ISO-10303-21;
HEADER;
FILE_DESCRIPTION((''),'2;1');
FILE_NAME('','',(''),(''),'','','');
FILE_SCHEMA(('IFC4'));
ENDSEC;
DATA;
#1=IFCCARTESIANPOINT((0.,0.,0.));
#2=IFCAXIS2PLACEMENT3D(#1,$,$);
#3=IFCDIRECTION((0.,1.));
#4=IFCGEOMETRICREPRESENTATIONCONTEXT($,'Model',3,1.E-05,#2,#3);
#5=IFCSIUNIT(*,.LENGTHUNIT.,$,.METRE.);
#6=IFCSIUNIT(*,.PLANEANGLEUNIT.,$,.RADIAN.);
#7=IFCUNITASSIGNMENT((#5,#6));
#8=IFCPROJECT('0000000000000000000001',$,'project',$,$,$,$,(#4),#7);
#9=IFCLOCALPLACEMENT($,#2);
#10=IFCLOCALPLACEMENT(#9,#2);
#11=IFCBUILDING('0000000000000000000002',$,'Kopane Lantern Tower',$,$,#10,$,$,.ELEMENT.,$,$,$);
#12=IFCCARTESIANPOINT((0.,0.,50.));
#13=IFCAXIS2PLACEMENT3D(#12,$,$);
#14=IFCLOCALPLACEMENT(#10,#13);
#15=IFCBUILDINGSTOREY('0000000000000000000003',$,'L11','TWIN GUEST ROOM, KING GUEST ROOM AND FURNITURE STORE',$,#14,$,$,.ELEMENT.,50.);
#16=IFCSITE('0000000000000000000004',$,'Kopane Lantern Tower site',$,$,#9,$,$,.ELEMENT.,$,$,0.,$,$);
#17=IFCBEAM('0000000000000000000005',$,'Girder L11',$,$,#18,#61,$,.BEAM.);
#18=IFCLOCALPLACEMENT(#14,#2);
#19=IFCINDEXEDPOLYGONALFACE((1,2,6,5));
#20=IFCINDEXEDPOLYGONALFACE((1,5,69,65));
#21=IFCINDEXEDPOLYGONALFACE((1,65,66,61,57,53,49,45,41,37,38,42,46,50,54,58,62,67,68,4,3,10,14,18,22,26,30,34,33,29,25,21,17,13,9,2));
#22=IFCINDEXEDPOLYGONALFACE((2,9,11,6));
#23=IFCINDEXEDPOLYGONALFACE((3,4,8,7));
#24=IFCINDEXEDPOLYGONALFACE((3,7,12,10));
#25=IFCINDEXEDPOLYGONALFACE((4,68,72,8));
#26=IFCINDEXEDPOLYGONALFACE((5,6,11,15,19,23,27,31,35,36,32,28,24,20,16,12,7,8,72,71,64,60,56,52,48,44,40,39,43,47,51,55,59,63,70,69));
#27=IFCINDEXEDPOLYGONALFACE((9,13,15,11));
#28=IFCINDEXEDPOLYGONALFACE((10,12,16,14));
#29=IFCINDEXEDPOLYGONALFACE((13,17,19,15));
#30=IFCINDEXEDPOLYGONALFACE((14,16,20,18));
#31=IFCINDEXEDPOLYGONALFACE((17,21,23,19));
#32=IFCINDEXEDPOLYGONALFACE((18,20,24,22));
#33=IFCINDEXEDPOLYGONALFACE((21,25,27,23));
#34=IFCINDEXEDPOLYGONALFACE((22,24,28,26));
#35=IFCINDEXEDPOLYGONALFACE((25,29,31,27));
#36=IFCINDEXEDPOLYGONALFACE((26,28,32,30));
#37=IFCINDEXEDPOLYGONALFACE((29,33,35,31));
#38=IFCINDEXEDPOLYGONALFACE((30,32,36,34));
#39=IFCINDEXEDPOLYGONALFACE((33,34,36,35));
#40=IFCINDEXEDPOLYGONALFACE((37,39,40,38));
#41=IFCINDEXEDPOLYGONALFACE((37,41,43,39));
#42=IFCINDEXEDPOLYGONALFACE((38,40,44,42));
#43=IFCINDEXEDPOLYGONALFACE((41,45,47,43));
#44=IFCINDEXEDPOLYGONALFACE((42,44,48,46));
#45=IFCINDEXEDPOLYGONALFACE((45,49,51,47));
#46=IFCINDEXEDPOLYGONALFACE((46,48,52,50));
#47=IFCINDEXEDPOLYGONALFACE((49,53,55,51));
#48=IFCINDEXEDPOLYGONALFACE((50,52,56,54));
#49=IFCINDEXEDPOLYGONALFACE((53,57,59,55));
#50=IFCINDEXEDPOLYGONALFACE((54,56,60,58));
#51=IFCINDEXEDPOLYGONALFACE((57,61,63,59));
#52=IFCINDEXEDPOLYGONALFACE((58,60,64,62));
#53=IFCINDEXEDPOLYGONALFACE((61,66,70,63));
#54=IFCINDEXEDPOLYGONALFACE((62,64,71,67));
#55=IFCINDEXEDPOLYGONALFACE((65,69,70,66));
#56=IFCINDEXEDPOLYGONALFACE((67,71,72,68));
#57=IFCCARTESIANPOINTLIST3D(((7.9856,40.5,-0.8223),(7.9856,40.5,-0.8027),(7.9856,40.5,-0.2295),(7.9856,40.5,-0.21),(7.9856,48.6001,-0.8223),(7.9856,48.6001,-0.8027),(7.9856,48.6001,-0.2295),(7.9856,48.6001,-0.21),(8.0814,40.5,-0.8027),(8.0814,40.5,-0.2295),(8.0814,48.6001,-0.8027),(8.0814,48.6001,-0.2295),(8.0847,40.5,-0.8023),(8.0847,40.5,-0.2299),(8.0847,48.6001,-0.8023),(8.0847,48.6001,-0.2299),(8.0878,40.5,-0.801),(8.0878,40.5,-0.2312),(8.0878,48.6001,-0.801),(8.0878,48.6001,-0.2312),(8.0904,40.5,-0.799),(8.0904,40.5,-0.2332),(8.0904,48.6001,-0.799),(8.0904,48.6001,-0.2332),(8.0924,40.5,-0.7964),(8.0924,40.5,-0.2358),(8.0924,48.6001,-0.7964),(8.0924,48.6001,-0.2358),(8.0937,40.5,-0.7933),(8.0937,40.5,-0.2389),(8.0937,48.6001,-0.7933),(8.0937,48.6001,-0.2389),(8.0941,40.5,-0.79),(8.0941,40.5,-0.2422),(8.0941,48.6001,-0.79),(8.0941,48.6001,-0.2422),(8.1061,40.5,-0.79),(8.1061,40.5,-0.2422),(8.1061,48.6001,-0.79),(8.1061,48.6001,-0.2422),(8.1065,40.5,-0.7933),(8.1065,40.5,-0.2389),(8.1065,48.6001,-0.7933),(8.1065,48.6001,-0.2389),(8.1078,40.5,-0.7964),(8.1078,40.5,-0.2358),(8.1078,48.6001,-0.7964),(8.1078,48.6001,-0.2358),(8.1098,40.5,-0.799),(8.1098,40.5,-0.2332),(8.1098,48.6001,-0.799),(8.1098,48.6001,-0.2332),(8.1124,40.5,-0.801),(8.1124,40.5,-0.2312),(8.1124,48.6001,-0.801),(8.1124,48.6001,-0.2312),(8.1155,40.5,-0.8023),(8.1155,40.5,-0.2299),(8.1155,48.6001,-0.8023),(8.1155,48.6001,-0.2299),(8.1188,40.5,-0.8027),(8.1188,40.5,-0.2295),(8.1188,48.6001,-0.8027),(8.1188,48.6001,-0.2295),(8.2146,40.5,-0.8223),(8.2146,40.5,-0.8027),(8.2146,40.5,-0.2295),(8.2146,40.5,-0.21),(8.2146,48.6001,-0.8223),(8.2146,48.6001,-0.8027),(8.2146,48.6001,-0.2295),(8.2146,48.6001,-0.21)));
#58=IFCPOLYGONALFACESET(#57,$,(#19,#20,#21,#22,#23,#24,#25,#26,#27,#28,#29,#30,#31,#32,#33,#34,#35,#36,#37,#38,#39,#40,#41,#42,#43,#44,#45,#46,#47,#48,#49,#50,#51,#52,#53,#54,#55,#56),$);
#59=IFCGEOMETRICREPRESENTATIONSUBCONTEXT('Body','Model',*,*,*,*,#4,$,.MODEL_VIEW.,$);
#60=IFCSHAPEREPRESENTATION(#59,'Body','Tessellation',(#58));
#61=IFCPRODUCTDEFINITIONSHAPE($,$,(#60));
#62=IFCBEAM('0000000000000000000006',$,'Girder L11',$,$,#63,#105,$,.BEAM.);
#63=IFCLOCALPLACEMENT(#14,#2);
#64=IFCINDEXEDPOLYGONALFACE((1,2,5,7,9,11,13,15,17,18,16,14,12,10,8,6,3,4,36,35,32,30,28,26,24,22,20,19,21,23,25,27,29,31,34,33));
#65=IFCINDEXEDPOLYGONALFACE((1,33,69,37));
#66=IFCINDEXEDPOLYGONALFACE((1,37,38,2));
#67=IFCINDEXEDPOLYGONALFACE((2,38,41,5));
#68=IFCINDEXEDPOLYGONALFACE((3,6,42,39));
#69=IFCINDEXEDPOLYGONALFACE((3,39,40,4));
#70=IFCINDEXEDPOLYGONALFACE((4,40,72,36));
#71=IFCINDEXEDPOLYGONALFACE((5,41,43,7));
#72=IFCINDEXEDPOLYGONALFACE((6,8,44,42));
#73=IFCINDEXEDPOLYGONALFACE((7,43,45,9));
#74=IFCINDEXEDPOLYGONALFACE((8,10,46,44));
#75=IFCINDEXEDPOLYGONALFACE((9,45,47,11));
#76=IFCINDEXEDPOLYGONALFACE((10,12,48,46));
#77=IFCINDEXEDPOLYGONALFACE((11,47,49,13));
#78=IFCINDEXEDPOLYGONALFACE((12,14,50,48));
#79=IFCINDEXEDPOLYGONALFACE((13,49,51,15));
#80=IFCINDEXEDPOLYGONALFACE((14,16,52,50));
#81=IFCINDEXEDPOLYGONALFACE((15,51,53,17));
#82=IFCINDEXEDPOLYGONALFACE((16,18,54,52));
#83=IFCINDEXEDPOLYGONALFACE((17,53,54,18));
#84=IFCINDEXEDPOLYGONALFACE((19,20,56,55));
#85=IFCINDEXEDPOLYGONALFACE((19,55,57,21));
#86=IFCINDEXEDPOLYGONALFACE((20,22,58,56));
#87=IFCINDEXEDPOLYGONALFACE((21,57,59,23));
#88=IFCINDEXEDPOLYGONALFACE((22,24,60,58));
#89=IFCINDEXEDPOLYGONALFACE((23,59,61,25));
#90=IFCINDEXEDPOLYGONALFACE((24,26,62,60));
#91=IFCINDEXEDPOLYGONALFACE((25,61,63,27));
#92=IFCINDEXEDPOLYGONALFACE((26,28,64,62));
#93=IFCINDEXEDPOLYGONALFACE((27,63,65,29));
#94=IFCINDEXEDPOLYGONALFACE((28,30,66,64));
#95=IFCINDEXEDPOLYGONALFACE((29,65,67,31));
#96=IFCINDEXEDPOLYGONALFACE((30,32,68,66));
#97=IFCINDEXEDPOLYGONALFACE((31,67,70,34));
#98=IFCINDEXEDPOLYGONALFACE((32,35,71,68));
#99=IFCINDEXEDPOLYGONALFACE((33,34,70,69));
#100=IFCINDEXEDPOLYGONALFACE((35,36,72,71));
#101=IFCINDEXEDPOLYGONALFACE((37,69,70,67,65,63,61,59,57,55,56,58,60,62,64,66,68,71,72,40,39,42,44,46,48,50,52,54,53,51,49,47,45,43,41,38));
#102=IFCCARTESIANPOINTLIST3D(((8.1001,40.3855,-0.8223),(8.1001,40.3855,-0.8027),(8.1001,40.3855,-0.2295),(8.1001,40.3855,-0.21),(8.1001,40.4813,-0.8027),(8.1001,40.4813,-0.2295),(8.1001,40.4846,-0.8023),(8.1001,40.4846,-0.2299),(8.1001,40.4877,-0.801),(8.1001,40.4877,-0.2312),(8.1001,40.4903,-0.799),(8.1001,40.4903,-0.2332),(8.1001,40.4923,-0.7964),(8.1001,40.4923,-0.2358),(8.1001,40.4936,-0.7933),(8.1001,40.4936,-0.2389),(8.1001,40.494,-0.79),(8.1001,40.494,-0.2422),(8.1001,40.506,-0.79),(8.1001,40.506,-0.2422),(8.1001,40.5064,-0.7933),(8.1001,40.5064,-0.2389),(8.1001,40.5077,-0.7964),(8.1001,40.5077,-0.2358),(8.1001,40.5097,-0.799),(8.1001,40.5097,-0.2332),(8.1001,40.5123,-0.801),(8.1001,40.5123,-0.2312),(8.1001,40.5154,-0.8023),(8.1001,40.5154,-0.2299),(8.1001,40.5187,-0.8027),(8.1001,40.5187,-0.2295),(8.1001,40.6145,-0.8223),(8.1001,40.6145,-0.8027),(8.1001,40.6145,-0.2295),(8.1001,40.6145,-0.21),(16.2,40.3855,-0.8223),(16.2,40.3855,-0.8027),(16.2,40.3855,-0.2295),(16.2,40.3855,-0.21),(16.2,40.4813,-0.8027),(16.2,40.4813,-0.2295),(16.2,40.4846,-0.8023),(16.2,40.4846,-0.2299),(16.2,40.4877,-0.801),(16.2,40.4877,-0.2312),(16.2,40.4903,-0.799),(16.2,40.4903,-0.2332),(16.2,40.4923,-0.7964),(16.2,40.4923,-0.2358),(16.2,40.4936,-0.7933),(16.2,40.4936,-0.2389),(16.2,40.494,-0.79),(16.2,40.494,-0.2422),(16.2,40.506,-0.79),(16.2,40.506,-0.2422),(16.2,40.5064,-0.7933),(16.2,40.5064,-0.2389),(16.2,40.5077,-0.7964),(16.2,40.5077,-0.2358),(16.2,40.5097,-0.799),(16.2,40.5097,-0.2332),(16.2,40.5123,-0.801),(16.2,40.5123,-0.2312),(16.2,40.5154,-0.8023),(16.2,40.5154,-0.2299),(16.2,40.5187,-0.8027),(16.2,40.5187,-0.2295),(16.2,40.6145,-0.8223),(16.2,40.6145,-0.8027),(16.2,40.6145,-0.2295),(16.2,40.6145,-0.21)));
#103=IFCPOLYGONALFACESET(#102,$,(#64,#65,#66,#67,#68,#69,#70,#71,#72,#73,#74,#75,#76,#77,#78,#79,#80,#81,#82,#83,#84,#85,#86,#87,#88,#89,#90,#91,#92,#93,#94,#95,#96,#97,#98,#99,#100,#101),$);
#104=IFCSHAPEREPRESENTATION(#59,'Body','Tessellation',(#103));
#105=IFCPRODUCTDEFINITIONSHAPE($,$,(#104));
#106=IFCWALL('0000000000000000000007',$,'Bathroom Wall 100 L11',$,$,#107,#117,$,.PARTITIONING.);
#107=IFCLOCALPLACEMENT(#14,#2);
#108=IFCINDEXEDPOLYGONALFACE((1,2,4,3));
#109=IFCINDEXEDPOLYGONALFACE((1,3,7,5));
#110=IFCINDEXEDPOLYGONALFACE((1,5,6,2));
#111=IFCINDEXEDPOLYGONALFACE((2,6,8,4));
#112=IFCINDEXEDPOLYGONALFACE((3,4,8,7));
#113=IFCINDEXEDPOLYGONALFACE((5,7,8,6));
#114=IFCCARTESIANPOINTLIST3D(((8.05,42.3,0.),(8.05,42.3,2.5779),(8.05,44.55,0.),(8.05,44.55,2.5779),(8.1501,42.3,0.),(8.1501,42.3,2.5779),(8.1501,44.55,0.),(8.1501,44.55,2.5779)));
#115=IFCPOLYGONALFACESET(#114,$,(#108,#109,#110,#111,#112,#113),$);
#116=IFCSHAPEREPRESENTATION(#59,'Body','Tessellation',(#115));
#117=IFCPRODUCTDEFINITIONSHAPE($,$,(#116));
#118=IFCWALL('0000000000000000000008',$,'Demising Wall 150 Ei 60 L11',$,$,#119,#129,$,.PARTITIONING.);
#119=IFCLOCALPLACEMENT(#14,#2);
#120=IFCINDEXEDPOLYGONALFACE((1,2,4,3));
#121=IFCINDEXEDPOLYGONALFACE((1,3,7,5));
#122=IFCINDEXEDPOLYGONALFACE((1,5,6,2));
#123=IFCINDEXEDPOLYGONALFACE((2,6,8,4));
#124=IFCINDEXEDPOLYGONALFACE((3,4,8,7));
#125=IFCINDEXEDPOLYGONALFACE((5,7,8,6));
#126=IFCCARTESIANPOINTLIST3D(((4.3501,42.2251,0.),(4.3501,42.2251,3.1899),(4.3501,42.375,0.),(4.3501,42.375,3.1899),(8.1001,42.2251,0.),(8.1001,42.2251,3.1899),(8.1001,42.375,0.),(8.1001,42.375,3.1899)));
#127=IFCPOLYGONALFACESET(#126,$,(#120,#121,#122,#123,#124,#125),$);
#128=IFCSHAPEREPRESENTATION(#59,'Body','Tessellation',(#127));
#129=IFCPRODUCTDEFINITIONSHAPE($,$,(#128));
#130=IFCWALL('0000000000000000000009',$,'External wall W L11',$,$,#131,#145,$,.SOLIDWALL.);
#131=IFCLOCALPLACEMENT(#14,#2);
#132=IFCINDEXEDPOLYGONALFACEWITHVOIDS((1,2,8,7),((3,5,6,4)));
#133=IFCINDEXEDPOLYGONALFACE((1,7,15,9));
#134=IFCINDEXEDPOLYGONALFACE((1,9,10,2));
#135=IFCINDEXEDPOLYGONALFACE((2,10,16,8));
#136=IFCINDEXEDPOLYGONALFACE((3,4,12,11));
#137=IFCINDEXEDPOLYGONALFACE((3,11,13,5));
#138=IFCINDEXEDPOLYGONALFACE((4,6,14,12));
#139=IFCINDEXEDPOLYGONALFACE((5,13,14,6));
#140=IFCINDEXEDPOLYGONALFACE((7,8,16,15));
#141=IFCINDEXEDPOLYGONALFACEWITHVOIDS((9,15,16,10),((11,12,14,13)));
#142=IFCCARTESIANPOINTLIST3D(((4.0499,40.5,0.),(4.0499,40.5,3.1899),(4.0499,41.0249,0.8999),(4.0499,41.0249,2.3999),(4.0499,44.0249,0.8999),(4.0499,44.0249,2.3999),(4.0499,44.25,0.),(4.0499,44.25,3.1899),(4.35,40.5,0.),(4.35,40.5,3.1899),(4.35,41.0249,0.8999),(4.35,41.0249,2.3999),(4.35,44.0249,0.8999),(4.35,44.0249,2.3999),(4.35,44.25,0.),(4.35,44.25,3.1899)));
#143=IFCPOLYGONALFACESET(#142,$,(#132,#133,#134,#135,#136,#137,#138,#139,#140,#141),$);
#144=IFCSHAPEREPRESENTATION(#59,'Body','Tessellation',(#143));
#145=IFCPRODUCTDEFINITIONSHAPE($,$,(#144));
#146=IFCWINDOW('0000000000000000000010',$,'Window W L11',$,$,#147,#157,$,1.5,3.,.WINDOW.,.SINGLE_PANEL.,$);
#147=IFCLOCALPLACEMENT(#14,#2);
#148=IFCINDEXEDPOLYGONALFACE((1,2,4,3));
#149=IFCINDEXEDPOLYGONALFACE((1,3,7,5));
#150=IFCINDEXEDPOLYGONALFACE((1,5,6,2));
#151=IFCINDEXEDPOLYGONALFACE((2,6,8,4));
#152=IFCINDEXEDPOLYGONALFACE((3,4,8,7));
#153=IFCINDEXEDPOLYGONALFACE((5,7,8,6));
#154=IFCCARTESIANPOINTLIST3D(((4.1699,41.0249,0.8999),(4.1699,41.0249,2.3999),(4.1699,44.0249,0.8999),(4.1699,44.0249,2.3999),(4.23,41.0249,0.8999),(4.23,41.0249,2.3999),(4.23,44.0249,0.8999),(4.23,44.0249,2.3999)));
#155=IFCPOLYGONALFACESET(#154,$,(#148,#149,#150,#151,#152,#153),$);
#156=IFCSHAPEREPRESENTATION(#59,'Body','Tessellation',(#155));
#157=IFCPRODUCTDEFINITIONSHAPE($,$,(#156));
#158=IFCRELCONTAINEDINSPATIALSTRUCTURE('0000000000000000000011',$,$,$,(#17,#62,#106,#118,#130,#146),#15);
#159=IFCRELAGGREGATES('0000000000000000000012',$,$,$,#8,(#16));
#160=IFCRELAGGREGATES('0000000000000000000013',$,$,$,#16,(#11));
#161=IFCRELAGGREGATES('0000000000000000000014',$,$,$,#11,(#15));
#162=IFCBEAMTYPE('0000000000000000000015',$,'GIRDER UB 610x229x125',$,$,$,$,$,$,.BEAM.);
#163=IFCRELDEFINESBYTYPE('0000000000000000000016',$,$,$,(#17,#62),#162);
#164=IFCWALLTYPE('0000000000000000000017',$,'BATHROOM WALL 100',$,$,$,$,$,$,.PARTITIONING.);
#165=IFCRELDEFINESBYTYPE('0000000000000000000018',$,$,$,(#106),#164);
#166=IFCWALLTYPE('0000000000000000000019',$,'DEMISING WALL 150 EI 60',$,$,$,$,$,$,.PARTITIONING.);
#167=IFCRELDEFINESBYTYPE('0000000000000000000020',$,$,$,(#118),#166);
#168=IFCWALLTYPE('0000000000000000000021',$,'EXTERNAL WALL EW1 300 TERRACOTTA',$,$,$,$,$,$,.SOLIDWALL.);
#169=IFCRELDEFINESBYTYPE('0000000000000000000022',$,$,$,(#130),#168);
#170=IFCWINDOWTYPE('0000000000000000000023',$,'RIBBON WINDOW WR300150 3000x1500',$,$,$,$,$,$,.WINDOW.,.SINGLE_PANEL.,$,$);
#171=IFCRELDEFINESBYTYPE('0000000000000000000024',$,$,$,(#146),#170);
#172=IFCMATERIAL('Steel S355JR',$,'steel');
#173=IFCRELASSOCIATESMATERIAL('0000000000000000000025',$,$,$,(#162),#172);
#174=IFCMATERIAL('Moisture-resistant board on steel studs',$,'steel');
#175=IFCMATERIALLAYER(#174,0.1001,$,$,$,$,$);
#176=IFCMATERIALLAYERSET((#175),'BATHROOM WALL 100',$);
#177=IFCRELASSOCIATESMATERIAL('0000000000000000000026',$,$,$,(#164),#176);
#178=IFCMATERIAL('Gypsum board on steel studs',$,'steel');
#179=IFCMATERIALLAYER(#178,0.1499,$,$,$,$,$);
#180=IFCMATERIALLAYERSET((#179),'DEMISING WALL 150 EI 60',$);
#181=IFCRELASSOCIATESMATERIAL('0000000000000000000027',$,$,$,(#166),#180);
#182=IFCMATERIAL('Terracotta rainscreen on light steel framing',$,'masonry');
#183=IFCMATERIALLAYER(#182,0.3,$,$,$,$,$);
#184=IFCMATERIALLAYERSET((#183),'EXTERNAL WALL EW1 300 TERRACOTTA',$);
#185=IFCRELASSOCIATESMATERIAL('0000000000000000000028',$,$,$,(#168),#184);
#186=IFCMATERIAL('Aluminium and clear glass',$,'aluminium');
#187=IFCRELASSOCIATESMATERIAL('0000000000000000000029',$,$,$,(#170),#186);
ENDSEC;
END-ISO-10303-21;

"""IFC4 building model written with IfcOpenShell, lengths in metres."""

from ifc_helpers import new_model, si_unit, direction, frame, frame_2d, origin, origin_2d, place, context, subcontext, project, spatial, rectangle, i_section, extrude, material, layer, layer_set, material_profile, profile_set, type_object, element, fill, save


model = new_model("IFC4")

# Units and contexts
model_context = context("Model", 3, precision=1e-05, world=origin(), true_north=direction((0.0, 1.0)))
body_context = subcontext(model_context, "Body", "Model", "MODEL_VIEW")
ifc_project = project(units=[si_unit("LENGTHUNIT", "METRE"), si_unit("PLANEANGLEUNIT", "RADIAN")], contexts=[model_context])

# Site, building, storey
site_placement = place(None, origin())
site = spatial("IfcSite", under=ifc_project, at=site_placement, Name="Kopane Lantern Tower site", CompositionType="ELEMENT", RefElevation=0.0)
building_placement = place(site_placement, origin())
building = spatial("IfcBuilding", under=site, at=building_placement, Name="Kopane Lantern Tower", CompositionType="ELEMENT")
storey_placement = place(building_placement, frame((0.0, 0.0, 50.0)))
storey = spatial("IfcBuildingStorey", under=building, at=storey_placement, Name="L11", Description="TWIN GUEST ROOM, KING GUEST ROOM AND FURNITURE STORE", CompositionType="ELEMENT", Elevation=50.0)

# Beams
ifc_material_1 = material(Name="Steel S355JR", Category="steel")
ifc_material_profile_1 = material_profile(ifc_material_1, i_section(OverallWidth=0.229, OverallDepth=0.6123, WebThickness=0.012, FlangeThickness=0.0195, FilletRadius=0.0127, at=origin_2d()), Name="UB 610x229x125")
ifc_profile_set_1 = profile_set([ifc_material_profile_1], Name="Steel S355JR")
beam_type_1 = type_object("IfcBeamType", Name="GIRDER UB 610x229x125", PredefinedType="BEAM", material=ifc_profile_set_1)
beam_1_placement = place(storey_placement, frame((8.1001, 40.5, -0.5161), z_axis=(0.0, 1.0, 0.0), x_axis=(-1.0, 0.0, 0.0)))
element("IfcBeam", 1, at=beam_1_placement, inside=storey, type_object=beam_type_1, Name="Girder L11", PredefinedType="BEAM", context=body_context, shape_type="SweptSolid", body=[
    extrude(i_section(OverallWidth=0.229, OverallDepth=0.6123, WebThickness=0.012, FlangeThickness=0.0195, FilletRadius=0.0127, at=origin_2d()), origin(), (0.0, 0.0, 1.0), 8.1001),
])
beam_2_placement = place(storey_placement, frame((8.1001, 40.5, -0.5161), z_axis=(1.0, 0.0, 0.0), x_axis=(0.0, 1.0, 0.0)))
element("IfcBeam", 2, at=beam_2_placement, inside=storey, type_object=beam_type_1, Name="Girder L11", PredefinedType="BEAM", context=body_context, shape_type="SweptSolid", body=[
    extrude(i_section(OverallWidth=0.229, OverallDepth=0.6123, WebThickness=0.012, FlangeThickness=0.0195, FilletRadius=0.0127, at=origin_2d()), origin(), (0.0, 0.0, 1.0), 8.0999),
])

# Wall
ifc_material_2 = material(Name="Moisture-resistant board on steel studs", Category="steel")
ifc_layer_1 = layer(ifc_material_2, 0.1001)
ifc_layer_set_1 = layer_set([ifc_layer_1], Name="BATHROOM WALL 100")
wall_type_1 = type_object("IfcWallType", Name="BATHROOM WALL 100", PredefinedType="PARTITIONING", material=ifc_layer_set_1)
wall_1_placement = place(storey_placement, frame((8.1001, 42.3, 0.0), z_axis=(0.0, 0.0, 1.0), x_axis=(0.0, 1.0, 0.0)))
element("IfcWall", 3, at=wall_1_placement, inside=storey, type_object=wall_type_1, Name="Bathroom Wall 100 L11", PredefinedType="PARTITIONING", context=body_context, shape_type="SweptSolid", body=[
    extrude(rectangle(XDim=2.25, YDim=0.1001, at=frame_2d((1.125, 0.0))), origin(), (0.0, 0.0, 1.0), 2.5779),
])

# Wall
ifc_material_3 = material(Name="Gypsum board on steel studs", Category="steel")
ifc_layer_2 = layer(ifc_material_3, 0.1499)
ifc_layer_set_2 = layer_set([ifc_layer_2], Name="DEMISING WALL 150 EI 60")
wall_type_2 = type_object("IfcWallType", Name="DEMISING WALL 150 EI 60", PredefinedType="PARTITIONING", material=ifc_layer_set_2)
wall_2_placement = place(storey_placement, frame((4.3501, 42.3, 0.0), z_axis=(0.0, 0.0, 1.0), x_axis=(1.0, 0.0, 0.0)))
element("IfcWall", 4, at=wall_2_placement, inside=storey, type_object=wall_type_2, Name="Demising Wall 150 Ei 60 L11", PredefinedType="PARTITIONING", context=body_context, shape_type="SweptSolid", body=[
    extrude(rectangle(XDim=3.75, YDim=0.1499, at=frame_2d((1.875, 0.0))), origin(), (0.0, 0.0, 1.0), 3.1899),
])

# Wall, opening, window
ifc_material_4 = material(Name="Terracotta rainscreen on light steel framing", Category="masonry")
ifc_layer_3 = layer(ifc_material_4, 0.3)
ifc_layer_set_3 = layer_set([ifc_layer_3], Name="EXTERNAL WALL EW1 300 TERRACOTTA")
wall_type_3 = type_object("IfcWallType", Name="EXTERNAL WALL EW1 300 TERRACOTTA", PredefinedType="SOLIDWALL", material=ifc_layer_set_3)
wall_3_placement = place(storey_placement, frame((4.2, 44.25, 0.0), z_axis=(0.0, 0.0, 1.0), x_axis=(0.0, -1.0, 0.0)))
wall_3 = element("IfcWall", 5, at=wall_3_placement, inside=storey, type_object=wall_type_3, Name="External wall W L11", PredefinedType="SOLIDWALL", context=body_context, shape_type="SweptSolid", body=[
    extrude(rectangle(XDim=3.75, YDim=0.3, at=frame_2d((1.875, 0.0))), origin(), (0.0, 0.0, 1.0), 3.1899),
])
opening_1_placement = place(wall_3_placement, frame((0.2251, 0.0, 0.8999)))
opening_1 = element("IfcOpeningElement", 6, at=opening_1_placement, cuts=wall_3, PredefinedType="OPENING", context=body_context, shape_type="SweptSolid", body=[
    extrude(rectangle(XDim=3.0, YDim=1.5, at=frame_2d((1.5, 0.75))), frame((0.0, 0.1599, 0.0), z_axis=(0.0, -1.0, 0.0), x_axis=(1.0, 0.0, 0.0)), (0.0, 0.0, 1.0), 0.3201),
])
ifc_material_5 = material(Name="Aluminium and clear glass", Category="aluminium")
window_type = type_object("IfcWindowType", Name="RIBBON WINDOW WR300150 3000x1500", PartitioningType="SINGLE_PANEL", PredefinedType="WINDOW", material=ifc_material_5)
window_placement = place(opening_1_placement, origin())
window = element("IfcWindow", 7, at=window_placement, inside=storey, type_object=window_type, Name="Window W L11", OverallHeight=1.5, OverallWidth=3.0, PartitioningType="SINGLE_PANEL", PredefinedType="WINDOW", context=body_context, shape_type="SweptSolid", body=[
    extrude(rectangle(XDim=3.0, YDim=1.5, at=frame_2d((1.5, 0.75))), frame((0.0, 0.03, 0.0), z_axis=(0.0, -1.0, 0.0), x_axis=(1.0, 0.0, 0.0)), (0.0, 0.0, 1.0), 0.0601),
])
fill(opening_1, window)

save(model, "model.ifc")
